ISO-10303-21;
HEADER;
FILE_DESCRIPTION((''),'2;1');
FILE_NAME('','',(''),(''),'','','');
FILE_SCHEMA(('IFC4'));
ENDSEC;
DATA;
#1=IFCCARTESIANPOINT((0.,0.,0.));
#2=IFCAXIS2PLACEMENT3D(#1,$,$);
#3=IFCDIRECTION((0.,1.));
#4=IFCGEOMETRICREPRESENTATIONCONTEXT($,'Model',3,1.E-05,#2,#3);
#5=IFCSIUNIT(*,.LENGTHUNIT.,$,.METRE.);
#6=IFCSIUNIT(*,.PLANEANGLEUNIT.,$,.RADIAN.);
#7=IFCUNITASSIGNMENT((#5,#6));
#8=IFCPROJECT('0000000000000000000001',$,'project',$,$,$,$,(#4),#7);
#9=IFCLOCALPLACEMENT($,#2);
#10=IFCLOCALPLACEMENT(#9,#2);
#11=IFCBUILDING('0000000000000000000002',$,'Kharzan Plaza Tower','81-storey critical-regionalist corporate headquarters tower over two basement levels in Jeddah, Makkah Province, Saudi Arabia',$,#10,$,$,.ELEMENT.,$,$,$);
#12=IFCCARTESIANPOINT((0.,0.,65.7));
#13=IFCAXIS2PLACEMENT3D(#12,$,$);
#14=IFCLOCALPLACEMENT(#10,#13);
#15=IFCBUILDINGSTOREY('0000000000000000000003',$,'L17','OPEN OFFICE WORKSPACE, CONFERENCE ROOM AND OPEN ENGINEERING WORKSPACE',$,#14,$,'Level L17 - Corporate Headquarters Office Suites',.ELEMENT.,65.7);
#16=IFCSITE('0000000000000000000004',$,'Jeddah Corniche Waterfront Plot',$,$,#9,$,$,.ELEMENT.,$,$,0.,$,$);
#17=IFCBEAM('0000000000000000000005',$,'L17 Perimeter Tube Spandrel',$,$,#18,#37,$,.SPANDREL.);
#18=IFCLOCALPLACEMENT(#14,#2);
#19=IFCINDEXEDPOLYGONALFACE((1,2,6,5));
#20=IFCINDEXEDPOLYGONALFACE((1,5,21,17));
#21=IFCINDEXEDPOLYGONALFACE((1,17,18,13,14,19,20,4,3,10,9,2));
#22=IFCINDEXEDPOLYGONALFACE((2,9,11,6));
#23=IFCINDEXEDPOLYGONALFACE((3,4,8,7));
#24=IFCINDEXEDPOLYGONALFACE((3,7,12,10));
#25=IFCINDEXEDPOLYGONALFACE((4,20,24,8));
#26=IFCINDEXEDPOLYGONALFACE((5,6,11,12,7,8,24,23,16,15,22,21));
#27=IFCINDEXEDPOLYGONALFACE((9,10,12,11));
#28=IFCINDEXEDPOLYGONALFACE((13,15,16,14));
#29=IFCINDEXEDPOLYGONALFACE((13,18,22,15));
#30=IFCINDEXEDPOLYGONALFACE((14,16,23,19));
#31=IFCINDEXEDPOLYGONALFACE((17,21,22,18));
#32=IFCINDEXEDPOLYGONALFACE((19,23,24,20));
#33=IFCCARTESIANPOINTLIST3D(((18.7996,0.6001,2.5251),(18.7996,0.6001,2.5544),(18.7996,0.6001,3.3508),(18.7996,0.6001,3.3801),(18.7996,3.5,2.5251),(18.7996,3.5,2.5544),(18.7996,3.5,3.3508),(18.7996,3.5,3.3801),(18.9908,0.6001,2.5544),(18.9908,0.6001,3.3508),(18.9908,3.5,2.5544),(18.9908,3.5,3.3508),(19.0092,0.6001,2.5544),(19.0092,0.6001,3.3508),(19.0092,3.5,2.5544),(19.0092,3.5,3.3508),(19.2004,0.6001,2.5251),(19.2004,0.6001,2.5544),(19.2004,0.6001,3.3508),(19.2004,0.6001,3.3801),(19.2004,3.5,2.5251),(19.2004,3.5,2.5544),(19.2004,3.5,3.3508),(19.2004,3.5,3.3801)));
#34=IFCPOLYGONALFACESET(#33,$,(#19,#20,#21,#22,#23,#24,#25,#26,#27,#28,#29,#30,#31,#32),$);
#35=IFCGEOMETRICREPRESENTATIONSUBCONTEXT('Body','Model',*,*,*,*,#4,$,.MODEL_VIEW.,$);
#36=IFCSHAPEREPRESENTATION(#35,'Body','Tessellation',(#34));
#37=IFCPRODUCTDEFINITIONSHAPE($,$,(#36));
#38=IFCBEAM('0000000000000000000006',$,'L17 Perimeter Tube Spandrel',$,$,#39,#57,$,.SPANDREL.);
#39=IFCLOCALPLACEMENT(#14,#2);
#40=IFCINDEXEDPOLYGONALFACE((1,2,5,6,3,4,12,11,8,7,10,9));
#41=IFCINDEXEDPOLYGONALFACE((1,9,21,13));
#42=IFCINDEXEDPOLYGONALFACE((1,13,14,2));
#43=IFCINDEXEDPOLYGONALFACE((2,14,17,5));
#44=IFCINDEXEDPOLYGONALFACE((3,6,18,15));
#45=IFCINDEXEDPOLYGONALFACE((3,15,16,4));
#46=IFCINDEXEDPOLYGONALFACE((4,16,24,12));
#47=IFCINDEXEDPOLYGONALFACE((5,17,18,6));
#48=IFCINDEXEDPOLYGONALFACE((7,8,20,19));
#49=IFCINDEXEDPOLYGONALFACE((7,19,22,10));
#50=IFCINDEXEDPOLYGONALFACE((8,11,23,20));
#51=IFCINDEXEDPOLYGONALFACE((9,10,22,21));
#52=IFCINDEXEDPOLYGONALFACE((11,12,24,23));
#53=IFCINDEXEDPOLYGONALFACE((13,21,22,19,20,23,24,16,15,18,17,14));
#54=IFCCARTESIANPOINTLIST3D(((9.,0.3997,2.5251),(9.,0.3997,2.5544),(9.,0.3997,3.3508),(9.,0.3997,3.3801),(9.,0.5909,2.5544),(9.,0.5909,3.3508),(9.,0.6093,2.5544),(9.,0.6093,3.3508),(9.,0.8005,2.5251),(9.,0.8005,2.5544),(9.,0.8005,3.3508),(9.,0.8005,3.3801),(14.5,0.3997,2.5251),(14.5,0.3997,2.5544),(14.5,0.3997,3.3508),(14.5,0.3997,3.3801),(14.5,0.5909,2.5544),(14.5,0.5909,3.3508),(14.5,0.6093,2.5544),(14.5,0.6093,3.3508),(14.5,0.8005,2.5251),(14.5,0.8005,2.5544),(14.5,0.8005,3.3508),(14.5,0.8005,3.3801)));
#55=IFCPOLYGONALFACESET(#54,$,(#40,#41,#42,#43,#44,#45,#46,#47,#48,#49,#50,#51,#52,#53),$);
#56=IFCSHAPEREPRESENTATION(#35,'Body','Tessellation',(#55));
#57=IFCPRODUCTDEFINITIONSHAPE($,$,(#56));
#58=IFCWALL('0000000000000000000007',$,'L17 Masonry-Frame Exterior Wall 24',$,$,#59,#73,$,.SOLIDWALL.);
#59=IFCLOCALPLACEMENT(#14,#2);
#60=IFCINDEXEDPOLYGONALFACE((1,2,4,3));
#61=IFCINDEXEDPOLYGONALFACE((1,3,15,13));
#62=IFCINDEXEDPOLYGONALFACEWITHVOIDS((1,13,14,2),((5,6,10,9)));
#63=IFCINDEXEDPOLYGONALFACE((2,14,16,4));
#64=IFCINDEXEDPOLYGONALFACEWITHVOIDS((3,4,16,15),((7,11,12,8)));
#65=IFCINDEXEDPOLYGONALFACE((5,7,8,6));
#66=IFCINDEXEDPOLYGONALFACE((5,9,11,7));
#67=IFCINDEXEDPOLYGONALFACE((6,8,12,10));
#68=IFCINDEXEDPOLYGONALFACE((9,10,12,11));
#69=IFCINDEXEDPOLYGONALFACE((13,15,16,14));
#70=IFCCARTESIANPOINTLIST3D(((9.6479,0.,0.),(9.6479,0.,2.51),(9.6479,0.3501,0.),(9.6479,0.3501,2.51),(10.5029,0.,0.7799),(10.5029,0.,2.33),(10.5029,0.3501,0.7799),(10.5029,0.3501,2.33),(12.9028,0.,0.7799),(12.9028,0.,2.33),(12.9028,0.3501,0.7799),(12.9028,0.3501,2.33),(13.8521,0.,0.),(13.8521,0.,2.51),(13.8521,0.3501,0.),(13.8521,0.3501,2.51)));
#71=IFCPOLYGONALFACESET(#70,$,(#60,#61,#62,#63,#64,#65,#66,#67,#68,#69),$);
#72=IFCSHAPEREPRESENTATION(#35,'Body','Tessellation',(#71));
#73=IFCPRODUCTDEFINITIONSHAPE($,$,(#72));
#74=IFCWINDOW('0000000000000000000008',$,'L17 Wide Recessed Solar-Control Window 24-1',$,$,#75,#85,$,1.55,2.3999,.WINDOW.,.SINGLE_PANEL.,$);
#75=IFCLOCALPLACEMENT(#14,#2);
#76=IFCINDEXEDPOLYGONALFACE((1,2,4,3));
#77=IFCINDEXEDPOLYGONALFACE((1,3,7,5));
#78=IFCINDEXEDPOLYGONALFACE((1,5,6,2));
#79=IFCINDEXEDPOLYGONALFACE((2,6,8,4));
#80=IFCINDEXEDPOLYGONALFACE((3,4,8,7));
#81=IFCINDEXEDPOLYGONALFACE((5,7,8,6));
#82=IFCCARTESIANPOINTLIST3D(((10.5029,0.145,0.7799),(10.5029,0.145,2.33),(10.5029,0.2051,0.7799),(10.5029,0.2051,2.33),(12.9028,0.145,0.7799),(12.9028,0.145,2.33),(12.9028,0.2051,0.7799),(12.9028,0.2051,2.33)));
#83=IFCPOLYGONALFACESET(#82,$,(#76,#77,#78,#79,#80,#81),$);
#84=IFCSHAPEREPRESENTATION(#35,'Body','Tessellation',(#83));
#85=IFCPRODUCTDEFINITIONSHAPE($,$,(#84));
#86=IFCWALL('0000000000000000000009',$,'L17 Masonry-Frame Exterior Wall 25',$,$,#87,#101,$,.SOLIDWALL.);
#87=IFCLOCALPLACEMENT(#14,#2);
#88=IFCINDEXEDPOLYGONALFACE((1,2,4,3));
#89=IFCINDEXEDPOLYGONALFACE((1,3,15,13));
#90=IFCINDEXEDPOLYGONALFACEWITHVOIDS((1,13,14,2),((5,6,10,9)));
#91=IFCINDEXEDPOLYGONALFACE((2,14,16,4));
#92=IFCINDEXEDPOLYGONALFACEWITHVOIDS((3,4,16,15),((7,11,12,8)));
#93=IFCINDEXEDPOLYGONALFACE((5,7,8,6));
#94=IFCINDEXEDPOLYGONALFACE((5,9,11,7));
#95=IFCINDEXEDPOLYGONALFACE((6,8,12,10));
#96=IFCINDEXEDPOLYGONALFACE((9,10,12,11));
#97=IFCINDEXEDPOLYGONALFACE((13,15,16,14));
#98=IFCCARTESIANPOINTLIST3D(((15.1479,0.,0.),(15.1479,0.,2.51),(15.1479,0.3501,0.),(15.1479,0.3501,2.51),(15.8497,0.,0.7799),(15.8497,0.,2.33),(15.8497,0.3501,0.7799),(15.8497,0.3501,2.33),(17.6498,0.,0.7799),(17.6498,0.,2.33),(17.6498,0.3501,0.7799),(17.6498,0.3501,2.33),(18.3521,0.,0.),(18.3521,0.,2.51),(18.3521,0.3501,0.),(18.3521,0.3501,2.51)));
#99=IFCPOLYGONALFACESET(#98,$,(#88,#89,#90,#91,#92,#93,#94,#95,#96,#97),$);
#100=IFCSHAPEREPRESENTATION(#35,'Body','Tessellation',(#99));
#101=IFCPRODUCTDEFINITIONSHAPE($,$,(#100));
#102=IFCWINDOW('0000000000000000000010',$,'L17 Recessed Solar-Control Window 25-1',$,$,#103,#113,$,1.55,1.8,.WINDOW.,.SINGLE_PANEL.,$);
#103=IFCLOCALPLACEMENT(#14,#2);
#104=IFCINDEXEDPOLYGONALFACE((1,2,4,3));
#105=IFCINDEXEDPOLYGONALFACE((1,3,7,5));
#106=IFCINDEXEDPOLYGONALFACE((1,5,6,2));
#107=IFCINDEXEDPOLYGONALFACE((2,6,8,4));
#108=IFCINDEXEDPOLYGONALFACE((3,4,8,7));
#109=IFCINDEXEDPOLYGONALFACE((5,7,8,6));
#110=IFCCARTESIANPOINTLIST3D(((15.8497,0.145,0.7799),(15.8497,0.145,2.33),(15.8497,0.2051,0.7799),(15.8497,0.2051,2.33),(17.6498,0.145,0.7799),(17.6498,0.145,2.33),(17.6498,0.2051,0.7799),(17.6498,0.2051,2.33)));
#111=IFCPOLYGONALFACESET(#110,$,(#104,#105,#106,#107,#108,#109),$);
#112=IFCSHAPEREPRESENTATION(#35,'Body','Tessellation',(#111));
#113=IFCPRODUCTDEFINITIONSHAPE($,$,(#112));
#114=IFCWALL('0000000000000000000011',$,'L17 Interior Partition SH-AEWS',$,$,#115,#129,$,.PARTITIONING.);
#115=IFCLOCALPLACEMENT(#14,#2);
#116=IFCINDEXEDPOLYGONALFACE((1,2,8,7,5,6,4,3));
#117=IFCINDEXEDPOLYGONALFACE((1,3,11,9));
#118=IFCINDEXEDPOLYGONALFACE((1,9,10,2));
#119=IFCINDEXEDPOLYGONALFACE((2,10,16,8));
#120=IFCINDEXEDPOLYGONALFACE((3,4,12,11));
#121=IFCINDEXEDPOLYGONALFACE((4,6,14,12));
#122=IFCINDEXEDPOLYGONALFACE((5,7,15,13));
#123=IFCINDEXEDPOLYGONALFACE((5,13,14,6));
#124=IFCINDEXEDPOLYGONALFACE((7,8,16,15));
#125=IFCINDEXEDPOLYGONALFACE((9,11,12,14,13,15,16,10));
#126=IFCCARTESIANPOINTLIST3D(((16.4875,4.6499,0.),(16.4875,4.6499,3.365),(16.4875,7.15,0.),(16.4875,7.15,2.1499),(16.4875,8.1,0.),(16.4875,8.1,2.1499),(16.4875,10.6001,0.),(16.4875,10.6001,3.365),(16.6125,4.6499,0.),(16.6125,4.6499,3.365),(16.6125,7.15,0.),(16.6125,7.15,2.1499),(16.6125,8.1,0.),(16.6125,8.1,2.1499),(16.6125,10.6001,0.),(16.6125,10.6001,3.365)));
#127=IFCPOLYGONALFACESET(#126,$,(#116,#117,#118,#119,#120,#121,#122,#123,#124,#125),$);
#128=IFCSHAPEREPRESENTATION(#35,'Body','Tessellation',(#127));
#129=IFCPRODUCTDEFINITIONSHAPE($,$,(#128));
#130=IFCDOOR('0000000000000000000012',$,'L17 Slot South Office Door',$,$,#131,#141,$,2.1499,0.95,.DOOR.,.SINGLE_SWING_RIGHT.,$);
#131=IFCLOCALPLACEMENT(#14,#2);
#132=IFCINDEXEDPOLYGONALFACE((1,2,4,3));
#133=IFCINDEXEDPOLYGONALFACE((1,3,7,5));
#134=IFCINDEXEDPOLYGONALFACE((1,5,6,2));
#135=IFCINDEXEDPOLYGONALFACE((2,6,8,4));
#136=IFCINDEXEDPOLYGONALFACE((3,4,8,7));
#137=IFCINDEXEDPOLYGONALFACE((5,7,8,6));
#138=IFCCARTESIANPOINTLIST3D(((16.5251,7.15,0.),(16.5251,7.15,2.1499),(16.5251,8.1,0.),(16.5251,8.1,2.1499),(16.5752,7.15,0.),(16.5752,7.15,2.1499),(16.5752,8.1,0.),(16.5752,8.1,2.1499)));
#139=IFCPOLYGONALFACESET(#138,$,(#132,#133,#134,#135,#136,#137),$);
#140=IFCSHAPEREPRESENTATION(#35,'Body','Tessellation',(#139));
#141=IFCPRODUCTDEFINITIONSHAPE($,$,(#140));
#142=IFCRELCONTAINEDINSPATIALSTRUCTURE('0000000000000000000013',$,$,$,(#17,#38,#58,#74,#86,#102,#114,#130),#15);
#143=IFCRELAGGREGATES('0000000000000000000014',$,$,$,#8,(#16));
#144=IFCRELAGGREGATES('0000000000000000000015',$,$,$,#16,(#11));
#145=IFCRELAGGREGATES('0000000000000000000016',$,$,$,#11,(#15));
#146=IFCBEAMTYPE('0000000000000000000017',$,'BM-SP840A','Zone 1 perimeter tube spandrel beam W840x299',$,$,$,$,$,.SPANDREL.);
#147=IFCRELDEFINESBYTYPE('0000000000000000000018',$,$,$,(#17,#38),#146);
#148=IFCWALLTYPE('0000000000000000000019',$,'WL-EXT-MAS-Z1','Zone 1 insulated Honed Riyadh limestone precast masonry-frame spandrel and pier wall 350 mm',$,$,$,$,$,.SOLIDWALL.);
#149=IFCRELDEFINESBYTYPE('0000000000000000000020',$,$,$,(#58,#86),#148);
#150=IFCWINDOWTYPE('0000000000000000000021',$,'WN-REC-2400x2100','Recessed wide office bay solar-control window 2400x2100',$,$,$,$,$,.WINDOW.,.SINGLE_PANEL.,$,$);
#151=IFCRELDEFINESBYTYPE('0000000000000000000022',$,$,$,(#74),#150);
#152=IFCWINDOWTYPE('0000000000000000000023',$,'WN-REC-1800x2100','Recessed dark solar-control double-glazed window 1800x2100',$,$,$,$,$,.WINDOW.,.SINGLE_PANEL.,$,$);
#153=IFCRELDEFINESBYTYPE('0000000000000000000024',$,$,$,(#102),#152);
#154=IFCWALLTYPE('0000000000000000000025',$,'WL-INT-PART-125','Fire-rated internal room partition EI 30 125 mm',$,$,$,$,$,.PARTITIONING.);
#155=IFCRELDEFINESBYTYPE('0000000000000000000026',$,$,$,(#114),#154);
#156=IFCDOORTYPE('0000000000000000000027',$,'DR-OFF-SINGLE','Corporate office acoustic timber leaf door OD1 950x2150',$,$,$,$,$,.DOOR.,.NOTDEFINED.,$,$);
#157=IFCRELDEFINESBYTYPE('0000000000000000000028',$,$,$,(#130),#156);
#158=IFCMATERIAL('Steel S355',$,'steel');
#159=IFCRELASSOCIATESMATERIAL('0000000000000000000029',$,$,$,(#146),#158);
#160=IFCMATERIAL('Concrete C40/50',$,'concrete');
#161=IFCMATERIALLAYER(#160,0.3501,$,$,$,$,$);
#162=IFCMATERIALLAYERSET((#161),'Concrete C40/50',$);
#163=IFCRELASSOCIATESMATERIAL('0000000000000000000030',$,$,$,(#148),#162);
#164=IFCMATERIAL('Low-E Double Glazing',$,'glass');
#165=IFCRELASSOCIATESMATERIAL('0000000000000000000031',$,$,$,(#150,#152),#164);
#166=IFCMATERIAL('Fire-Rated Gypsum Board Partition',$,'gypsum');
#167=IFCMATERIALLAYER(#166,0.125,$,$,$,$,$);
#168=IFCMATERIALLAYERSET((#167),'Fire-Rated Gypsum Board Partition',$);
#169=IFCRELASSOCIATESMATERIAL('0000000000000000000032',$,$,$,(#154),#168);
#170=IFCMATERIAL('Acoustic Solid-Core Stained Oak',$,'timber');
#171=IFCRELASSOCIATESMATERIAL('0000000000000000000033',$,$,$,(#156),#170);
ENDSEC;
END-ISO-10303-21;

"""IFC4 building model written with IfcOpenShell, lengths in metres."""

from ifc_helpers import new_model, si_unit, direction, frame, frame_2d, origin, origin_2d, place, context, subcontext, project, spatial, rectangle, i_section, extrude, source, transform, mapped, material, layer, layer_set, material_profile, profile_set, type_object, element, fill, save


model = new_model("IFC4")

# Units and contexts
model_context = context("Model", 3, precision=1e-05, world=origin(), true_north=direction((0.0, 1.0)))
body_context = subcontext(model_context, "Body", "Model", "MODEL_VIEW")
ifc_project = project(units=[si_unit("LENGTHUNIT", "METRE"), si_unit("PLANEANGLEUNIT", "RADIAN")], contexts=[model_context])

# Site, building, storey
site_placement = place(None, origin())
site = spatial("IfcSite", under=ifc_project, at=site_placement, Name="Jeddah Corniche Waterfront Plot", CompositionType="ELEMENT", RefElevation=0.0)
building_placement = place(site_placement, origin())
building = spatial("IfcBuilding", under=site, at=building_placement, Name="Kharzan Plaza Tower", Description="81-storey critical-regionalist corporate headquarters tower over two basement levels in Jeddah, Makkah Province, Saudi Arabia", CompositionType="ELEMENT")
storey_placement = place(building_placement, frame((0.0, 0.0, 65.7)))
storey = spatial("IfcBuildingStorey", under=building, at=storey_placement, Name="L17", Description="OPEN OFFICE WORKSPACE, CONFERENCE ROOM AND OPEN ENGINEERING WORKSPACE", LongName="Level L17 - Corporate Headquarters Office Suites", CompositionType="ELEMENT", Elevation=65.7)

# Beams
ifc_material_1 = material(Name="Steel S355", Category="steel")
ifc_material_profile_1 = material_profile(ifc_material_1, i_section(OverallWidth=0.4009, OverallDepth=0.855, WebThickness=0.0183, FlangeThickness=0.0293, at=origin_2d()), Name="W840x299")
ifc_profile_set_1 = profile_set([ifc_material_profile_1], Name="Steel S355")
beam_type_1 = type_object("IfcBeamType", Name="BM-SP840A", Description="Zone 1 perimeter tube spandrel beam W840x299", PredefinedType="SPANDREL", material=ifc_profile_set_1)
shared_shape_1 = source(origin(), body_context, "Body", "SweptSolid", [
    extrude(i_section(OverallWidth=0.4009, OverallDepth=0.855, WebThickness=0.0183, FlangeThickness=0.0293, at=origin_2d()), origin(), (0.0, 0.0, 1.0), 2.8999),
])
beam_1_placement = place(storey_placement, frame((19.0, 0.6001, 2.9526), z_axis=(0.0, 1.0, 0.0), x_axis=(-1.0, 0.0, 0.0)))
element("IfcBeam", 1, at=beam_1_placement, inside=storey, type_object=beam_type_1, Name="L17 Perimeter Tube Spandrel", PredefinedType="SPANDREL", context=body_context, shape_type="MappedRepresentation", body=[
    mapped(shared_shape_1, transform((0.0, 0.0, 0.0), x_axis=(1.0, 0.0, 0.0), y_axis=(0.0, 1.0, 0.0), z_axis=(0.0, 0.0, 1.0))),
])
shared_shape_2 = source(origin(), body_context, "Body", "SweptSolid", [
    extrude(i_section(OverallWidth=0.4009, OverallDepth=0.855, WebThickness=0.0183, FlangeThickness=0.0293, at=origin_2d()), origin(), (0.0, 0.0, 1.0), 5.5),
])
beam_2_placement = place(storey_placement, frame((9.0, 0.6001, 2.9526), z_axis=(1.0, 0.0, 0.0), x_axis=(0.0, 1.0, 0.0)))
element("IfcBeam", 2, at=beam_2_placement, inside=storey, type_object=beam_type_1, Name="L17 Perimeter Tube Spandrel", PredefinedType="SPANDREL", context=body_context, shape_type="MappedRepresentation", body=[
    mapped(shared_shape_2, transform((0.0, 0.0, 0.0), x_axis=(1.0, 0.0, 0.0), y_axis=(0.0, 1.0, 0.0), z_axis=(0.0, 0.0, 1.0))),
])

# Walls, openings, windows
ifc_material_2 = material(Name="Concrete C40/50", Category="concrete")
ifc_layer_1 = layer(ifc_material_2, 0.3501)
ifc_layer_set_1 = layer_set([ifc_layer_1], Name="Concrete C40/50")
wall_type_1 = type_object("IfcWallType", Name="WL-EXT-MAS-Z1", Description="Zone 1 insulated Honed Riyadh limestone precast masonry-frame spandrel and pier wall 350 mm", PredefinedType="SOLIDWALL", material=ifc_layer_set_1)
wall_1_placement = place(storey_placement, frame((9.6479, 0.175, 0.0), z_axis=(0.0, 0.0, 1.0), x_axis=(1.0, 0.0, 0.0)))
wall_1 = element("IfcWall", 3, at=wall_1_placement, inside=storey, type_object=wall_type_1, Name="L17 Masonry-Frame Exterior Wall 24", PredefinedType="SOLIDWALL", context=body_context, shape_type="SweptSolid", body=[
    extrude(rectangle(XDim=4.2041, YDim=0.3501, at=frame_2d((2.1021, 0.0))), origin(), (0.0, 0.0, 1.0), 2.51),
])
opening_1_placement = place(wall_1_placement, frame((0.855, 0.0, 0.78)))
opening_1 = element("IfcOpeningElement", 4, at=opening_1_placement, cuts=wall_1, PredefinedType="OPENING", context=body_context, shape_type="SweptSolid", body=[
    extrude(rectangle(XDim=2.3999, YDim=1.55, at=frame_2d((1.2, 0.7749))), frame((0.0, 0.1851, 0.0), z_axis=(0.0, -1.0, 0.0), x_axis=(1.0, 0.0, 0.0)), (0.0, 0.0, 1.0), 0.3701),
])
ifc_material_3 = material(Name="Low-E Double Glazing", Category="glass")
window_type_1 = type_object("IfcWindowType", Name="WN-REC-2400x2100", Description="Recessed wide office bay solar-control window 2400x2100", PartitioningType="SINGLE_PANEL", PredefinedType="WINDOW", material=ifc_material_3)
shared_shape_3 = source(origin(), body_context, "Body", "SweptSolid", [
    extrude(rectangle(XDim=2.3999, YDim=1.55, at=frame_2d((1.2, 0.7749))), frame((0.0, 0.03, 0.0), z_axis=(0.0, -1.0, 0.0), x_axis=(1.0, 0.0, 0.0)), (0.0, 0.0, 1.0), 0.0601),
])
window_1_placement = place(opening_1_placement, origin())
window_1 = element("IfcWindow", 5, at=window_1_placement, inside=storey, type_object=window_type_1, Name="L17 Wide Recessed Solar-Control Window 24-1", OverallHeight=1.55, OverallWidth=2.3999, PartitioningType="SINGLE_PANEL", PredefinedType="WINDOW", context=body_context, shape_type="MappedRepresentation", body=[
    mapped(shared_shape_3, transform((0.0, 0.0, 0.0), x_axis=(1.0, 0.0, 0.0), y_axis=(0.0, 1.0, 0.0), z_axis=(0.0, 0.0, 1.0))),
])
fill(opening_1, window_1)
wall_2_placement = place(storey_placement, frame((15.1479, 0.175, 0.0), z_axis=(0.0, 0.0, 1.0), x_axis=(1.0, 0.0, 0.0)))
wall_2 = element("IfcWall", 6, at=wall_2_placement, inside=storey, type_object=wall_type_1, Name="L17 Masonry-Frame Exterior Wall 25", PredefinedType="SOLIDWALL", context=body_context, shape_type="SweptSolid", body=[
    extrude(rectangle(XDim=3.2041, YDim=0.3501, at=frame_2d((1.6021, 0.0))), origin(), (0.0, 0.0, 1.0), 2.51),
])
opening_2_placement = place(wall_2_placement, frame((0.7019, 0.0, 0.78)))
opening_2 = element("IfcOpeningElement", 7, at=opening_2_placement, cuts=wall_2, PredefinedType="OPENING", context=body_context, shape_type="SweptSolid", body=[
    extrude(rectangle(XDim=1.8, YDim=1.55, at=frame_2d((0.8999, 0.7749))), frame((0.0, 0.1851, 0.0), z_axis=(0.0, -1.0, 0.0), x_axis=(1.0, 0.0, 0.0)), (0.0, 0.0, 1.0), 0.3701),
])
window_type_2 = type_object("IfcWindowType", Name="WN-REC-1800x2100", Description="Recessed dark solar-control double-glazed window 1800x2100", PartitioningType="SINGLE_PANEL", PredefinedType="WINDOW", material=ifc_material_3)
shared_shape_4 = source(origin(), body_context, "Body", "SweptSolid", [
    extrude(rectangle(XDim=1.8, YDim=1.55, at=frame_2d((0.8999, 0.7749))), frame((0.0, 0.03, 0.0), z_axis=(0.0, -1.0, 0.0), x_axis=(1.0, 0.0, 0.0)), (0.0, 0.0, 1.0), 0.0601),
])
window_2_placement = place(opening_2_placement, origin())
window_2 = element("IfcWindow", 8, at=window_2_placement, inside=storey, type_object=window_type_2, Name="L17 Recessed Solar-Control Window 25-1", OverallHeight=1.55, OverallWidth=1.8, PartitioningType="SINGLE_PANEL", PredefinedType="WINDOW", context=body_context, shape_type="MappedRepresentation", body=[
    mapped(shared_shape_4, transform((0.0, 0.0, 0.0), x_axis=(1.0, 0.0, 0.0), y_axis=(0.0, 1.0, 0.0), z_axis=(0.0, 0.0, 1.0))),
])
fill(opening_2, window_2)

# Wall, opening, door
ifc_material_4 = material(Name="Fire-Rated Gypsum Board Partition", Category="gypsum")
ifc_layer_2 = layer(ifc_material_4, 0.125)
ifc_layer_set_2 = layer_set([ifc_layer_2], Name="Fire-Rated Gypsum Board Partition")
wall_type_2 = type_object("IfcWallType", Name="WL-INT-PART-125", Description="Fire-rated internal room partition EI 30 125 mm", PredefinedType="PARTITIONING", material=ifc_layer_set_2)
wall_3_placement = place(storey_placement, frame((16.55, 4.6499, 0.0), z_axis=(0.0, 0.0, 1.0), x_axis=(0.0, 1.0, 0.0)))
wall_3 = element("IfcWall", 9, at=wall_3_placement, inside=storey, type_object=wall_type_2, Name="L17 Interior Partition SH-AEWS", PredefinedType="PARTITIONING", context=body_context, shape_type="SweptSolid", body=[
    extrude(rectangle(XDim=5.9502, YDim=0.125, at=frame_2d((2.9751, 0.0))), origin(), (0.0, 0.0, 1.0), 3.365),
])
opening_3_placement = place(wall_3_placement, frame((2.5, 0.0, 0.0)))
opening_3 = element("IfcOpeningElement", 10, at=opening_3_placement, cuts=wall_3, PredefinedType="OPENING", context=body_context, shape_type="SweptSolid", body=[
    extrude(rectangle(XDim=0.95, YDim=2.1499, at=frame_2d((0.4751, 1.075))), frame((0.0, 0.0725, 0.0), z_axis=(0.0, -1.0, 0.0), x_axis=(1.0, 0.0, 0.0)), (0.0, 0.0, 1.0), 0.145),
])
ifc_material_5 = material(Name="Acoustic Solid-Core Stained Oak", Category="timber")
door_type = type_object("IfcDoorType", Name="DR-OFF-SINGLE", Description="Corporate office acoustic timber leaf door OD1 950x2150", OperationType="NOTDEFINED", PredefinedType="DOOR", material=ifc_material_5)
shared_shape_5 = source(origin(), body_context, "Body", "SweptSolid", [
    extrude(rectangle(XDim=0.95, YDim=2.1499, at=frame_2d((0.4751, 1.075))), frame((0.0, 0.0249, 0.0), z_axis=(0.0, -1.0, 0.0), x_axis=(1.0, 0.0, 0.0)), (0.0, 0.0, 1.0), 0.05),
])
door_1_placement = place(opening_3_placement, origin())
door_1 = element("IfcDoor", 11, at=door_1_placement, inside=storey, type_object=door_type, Name="L17 Slot South Office Door", OperationType="SINGLE_SWING_RIGHT", OverallHeight=2.1499, OverallWidth=0.95, PredefinedType="DOOR", context=body_context, shape_type="MappedRepresentation", body=[
    mapped(shared_shape_5, transform((0.0, 0.0, 0.0), x_axis=(1.0, 0.0, 0.0), y_axis=(0.0, 1.0, 0.0), z_axis=(0.0, 0.0, 1.0))),
])
fill(opening_3, door_1)

save(model, "model.ifc")
